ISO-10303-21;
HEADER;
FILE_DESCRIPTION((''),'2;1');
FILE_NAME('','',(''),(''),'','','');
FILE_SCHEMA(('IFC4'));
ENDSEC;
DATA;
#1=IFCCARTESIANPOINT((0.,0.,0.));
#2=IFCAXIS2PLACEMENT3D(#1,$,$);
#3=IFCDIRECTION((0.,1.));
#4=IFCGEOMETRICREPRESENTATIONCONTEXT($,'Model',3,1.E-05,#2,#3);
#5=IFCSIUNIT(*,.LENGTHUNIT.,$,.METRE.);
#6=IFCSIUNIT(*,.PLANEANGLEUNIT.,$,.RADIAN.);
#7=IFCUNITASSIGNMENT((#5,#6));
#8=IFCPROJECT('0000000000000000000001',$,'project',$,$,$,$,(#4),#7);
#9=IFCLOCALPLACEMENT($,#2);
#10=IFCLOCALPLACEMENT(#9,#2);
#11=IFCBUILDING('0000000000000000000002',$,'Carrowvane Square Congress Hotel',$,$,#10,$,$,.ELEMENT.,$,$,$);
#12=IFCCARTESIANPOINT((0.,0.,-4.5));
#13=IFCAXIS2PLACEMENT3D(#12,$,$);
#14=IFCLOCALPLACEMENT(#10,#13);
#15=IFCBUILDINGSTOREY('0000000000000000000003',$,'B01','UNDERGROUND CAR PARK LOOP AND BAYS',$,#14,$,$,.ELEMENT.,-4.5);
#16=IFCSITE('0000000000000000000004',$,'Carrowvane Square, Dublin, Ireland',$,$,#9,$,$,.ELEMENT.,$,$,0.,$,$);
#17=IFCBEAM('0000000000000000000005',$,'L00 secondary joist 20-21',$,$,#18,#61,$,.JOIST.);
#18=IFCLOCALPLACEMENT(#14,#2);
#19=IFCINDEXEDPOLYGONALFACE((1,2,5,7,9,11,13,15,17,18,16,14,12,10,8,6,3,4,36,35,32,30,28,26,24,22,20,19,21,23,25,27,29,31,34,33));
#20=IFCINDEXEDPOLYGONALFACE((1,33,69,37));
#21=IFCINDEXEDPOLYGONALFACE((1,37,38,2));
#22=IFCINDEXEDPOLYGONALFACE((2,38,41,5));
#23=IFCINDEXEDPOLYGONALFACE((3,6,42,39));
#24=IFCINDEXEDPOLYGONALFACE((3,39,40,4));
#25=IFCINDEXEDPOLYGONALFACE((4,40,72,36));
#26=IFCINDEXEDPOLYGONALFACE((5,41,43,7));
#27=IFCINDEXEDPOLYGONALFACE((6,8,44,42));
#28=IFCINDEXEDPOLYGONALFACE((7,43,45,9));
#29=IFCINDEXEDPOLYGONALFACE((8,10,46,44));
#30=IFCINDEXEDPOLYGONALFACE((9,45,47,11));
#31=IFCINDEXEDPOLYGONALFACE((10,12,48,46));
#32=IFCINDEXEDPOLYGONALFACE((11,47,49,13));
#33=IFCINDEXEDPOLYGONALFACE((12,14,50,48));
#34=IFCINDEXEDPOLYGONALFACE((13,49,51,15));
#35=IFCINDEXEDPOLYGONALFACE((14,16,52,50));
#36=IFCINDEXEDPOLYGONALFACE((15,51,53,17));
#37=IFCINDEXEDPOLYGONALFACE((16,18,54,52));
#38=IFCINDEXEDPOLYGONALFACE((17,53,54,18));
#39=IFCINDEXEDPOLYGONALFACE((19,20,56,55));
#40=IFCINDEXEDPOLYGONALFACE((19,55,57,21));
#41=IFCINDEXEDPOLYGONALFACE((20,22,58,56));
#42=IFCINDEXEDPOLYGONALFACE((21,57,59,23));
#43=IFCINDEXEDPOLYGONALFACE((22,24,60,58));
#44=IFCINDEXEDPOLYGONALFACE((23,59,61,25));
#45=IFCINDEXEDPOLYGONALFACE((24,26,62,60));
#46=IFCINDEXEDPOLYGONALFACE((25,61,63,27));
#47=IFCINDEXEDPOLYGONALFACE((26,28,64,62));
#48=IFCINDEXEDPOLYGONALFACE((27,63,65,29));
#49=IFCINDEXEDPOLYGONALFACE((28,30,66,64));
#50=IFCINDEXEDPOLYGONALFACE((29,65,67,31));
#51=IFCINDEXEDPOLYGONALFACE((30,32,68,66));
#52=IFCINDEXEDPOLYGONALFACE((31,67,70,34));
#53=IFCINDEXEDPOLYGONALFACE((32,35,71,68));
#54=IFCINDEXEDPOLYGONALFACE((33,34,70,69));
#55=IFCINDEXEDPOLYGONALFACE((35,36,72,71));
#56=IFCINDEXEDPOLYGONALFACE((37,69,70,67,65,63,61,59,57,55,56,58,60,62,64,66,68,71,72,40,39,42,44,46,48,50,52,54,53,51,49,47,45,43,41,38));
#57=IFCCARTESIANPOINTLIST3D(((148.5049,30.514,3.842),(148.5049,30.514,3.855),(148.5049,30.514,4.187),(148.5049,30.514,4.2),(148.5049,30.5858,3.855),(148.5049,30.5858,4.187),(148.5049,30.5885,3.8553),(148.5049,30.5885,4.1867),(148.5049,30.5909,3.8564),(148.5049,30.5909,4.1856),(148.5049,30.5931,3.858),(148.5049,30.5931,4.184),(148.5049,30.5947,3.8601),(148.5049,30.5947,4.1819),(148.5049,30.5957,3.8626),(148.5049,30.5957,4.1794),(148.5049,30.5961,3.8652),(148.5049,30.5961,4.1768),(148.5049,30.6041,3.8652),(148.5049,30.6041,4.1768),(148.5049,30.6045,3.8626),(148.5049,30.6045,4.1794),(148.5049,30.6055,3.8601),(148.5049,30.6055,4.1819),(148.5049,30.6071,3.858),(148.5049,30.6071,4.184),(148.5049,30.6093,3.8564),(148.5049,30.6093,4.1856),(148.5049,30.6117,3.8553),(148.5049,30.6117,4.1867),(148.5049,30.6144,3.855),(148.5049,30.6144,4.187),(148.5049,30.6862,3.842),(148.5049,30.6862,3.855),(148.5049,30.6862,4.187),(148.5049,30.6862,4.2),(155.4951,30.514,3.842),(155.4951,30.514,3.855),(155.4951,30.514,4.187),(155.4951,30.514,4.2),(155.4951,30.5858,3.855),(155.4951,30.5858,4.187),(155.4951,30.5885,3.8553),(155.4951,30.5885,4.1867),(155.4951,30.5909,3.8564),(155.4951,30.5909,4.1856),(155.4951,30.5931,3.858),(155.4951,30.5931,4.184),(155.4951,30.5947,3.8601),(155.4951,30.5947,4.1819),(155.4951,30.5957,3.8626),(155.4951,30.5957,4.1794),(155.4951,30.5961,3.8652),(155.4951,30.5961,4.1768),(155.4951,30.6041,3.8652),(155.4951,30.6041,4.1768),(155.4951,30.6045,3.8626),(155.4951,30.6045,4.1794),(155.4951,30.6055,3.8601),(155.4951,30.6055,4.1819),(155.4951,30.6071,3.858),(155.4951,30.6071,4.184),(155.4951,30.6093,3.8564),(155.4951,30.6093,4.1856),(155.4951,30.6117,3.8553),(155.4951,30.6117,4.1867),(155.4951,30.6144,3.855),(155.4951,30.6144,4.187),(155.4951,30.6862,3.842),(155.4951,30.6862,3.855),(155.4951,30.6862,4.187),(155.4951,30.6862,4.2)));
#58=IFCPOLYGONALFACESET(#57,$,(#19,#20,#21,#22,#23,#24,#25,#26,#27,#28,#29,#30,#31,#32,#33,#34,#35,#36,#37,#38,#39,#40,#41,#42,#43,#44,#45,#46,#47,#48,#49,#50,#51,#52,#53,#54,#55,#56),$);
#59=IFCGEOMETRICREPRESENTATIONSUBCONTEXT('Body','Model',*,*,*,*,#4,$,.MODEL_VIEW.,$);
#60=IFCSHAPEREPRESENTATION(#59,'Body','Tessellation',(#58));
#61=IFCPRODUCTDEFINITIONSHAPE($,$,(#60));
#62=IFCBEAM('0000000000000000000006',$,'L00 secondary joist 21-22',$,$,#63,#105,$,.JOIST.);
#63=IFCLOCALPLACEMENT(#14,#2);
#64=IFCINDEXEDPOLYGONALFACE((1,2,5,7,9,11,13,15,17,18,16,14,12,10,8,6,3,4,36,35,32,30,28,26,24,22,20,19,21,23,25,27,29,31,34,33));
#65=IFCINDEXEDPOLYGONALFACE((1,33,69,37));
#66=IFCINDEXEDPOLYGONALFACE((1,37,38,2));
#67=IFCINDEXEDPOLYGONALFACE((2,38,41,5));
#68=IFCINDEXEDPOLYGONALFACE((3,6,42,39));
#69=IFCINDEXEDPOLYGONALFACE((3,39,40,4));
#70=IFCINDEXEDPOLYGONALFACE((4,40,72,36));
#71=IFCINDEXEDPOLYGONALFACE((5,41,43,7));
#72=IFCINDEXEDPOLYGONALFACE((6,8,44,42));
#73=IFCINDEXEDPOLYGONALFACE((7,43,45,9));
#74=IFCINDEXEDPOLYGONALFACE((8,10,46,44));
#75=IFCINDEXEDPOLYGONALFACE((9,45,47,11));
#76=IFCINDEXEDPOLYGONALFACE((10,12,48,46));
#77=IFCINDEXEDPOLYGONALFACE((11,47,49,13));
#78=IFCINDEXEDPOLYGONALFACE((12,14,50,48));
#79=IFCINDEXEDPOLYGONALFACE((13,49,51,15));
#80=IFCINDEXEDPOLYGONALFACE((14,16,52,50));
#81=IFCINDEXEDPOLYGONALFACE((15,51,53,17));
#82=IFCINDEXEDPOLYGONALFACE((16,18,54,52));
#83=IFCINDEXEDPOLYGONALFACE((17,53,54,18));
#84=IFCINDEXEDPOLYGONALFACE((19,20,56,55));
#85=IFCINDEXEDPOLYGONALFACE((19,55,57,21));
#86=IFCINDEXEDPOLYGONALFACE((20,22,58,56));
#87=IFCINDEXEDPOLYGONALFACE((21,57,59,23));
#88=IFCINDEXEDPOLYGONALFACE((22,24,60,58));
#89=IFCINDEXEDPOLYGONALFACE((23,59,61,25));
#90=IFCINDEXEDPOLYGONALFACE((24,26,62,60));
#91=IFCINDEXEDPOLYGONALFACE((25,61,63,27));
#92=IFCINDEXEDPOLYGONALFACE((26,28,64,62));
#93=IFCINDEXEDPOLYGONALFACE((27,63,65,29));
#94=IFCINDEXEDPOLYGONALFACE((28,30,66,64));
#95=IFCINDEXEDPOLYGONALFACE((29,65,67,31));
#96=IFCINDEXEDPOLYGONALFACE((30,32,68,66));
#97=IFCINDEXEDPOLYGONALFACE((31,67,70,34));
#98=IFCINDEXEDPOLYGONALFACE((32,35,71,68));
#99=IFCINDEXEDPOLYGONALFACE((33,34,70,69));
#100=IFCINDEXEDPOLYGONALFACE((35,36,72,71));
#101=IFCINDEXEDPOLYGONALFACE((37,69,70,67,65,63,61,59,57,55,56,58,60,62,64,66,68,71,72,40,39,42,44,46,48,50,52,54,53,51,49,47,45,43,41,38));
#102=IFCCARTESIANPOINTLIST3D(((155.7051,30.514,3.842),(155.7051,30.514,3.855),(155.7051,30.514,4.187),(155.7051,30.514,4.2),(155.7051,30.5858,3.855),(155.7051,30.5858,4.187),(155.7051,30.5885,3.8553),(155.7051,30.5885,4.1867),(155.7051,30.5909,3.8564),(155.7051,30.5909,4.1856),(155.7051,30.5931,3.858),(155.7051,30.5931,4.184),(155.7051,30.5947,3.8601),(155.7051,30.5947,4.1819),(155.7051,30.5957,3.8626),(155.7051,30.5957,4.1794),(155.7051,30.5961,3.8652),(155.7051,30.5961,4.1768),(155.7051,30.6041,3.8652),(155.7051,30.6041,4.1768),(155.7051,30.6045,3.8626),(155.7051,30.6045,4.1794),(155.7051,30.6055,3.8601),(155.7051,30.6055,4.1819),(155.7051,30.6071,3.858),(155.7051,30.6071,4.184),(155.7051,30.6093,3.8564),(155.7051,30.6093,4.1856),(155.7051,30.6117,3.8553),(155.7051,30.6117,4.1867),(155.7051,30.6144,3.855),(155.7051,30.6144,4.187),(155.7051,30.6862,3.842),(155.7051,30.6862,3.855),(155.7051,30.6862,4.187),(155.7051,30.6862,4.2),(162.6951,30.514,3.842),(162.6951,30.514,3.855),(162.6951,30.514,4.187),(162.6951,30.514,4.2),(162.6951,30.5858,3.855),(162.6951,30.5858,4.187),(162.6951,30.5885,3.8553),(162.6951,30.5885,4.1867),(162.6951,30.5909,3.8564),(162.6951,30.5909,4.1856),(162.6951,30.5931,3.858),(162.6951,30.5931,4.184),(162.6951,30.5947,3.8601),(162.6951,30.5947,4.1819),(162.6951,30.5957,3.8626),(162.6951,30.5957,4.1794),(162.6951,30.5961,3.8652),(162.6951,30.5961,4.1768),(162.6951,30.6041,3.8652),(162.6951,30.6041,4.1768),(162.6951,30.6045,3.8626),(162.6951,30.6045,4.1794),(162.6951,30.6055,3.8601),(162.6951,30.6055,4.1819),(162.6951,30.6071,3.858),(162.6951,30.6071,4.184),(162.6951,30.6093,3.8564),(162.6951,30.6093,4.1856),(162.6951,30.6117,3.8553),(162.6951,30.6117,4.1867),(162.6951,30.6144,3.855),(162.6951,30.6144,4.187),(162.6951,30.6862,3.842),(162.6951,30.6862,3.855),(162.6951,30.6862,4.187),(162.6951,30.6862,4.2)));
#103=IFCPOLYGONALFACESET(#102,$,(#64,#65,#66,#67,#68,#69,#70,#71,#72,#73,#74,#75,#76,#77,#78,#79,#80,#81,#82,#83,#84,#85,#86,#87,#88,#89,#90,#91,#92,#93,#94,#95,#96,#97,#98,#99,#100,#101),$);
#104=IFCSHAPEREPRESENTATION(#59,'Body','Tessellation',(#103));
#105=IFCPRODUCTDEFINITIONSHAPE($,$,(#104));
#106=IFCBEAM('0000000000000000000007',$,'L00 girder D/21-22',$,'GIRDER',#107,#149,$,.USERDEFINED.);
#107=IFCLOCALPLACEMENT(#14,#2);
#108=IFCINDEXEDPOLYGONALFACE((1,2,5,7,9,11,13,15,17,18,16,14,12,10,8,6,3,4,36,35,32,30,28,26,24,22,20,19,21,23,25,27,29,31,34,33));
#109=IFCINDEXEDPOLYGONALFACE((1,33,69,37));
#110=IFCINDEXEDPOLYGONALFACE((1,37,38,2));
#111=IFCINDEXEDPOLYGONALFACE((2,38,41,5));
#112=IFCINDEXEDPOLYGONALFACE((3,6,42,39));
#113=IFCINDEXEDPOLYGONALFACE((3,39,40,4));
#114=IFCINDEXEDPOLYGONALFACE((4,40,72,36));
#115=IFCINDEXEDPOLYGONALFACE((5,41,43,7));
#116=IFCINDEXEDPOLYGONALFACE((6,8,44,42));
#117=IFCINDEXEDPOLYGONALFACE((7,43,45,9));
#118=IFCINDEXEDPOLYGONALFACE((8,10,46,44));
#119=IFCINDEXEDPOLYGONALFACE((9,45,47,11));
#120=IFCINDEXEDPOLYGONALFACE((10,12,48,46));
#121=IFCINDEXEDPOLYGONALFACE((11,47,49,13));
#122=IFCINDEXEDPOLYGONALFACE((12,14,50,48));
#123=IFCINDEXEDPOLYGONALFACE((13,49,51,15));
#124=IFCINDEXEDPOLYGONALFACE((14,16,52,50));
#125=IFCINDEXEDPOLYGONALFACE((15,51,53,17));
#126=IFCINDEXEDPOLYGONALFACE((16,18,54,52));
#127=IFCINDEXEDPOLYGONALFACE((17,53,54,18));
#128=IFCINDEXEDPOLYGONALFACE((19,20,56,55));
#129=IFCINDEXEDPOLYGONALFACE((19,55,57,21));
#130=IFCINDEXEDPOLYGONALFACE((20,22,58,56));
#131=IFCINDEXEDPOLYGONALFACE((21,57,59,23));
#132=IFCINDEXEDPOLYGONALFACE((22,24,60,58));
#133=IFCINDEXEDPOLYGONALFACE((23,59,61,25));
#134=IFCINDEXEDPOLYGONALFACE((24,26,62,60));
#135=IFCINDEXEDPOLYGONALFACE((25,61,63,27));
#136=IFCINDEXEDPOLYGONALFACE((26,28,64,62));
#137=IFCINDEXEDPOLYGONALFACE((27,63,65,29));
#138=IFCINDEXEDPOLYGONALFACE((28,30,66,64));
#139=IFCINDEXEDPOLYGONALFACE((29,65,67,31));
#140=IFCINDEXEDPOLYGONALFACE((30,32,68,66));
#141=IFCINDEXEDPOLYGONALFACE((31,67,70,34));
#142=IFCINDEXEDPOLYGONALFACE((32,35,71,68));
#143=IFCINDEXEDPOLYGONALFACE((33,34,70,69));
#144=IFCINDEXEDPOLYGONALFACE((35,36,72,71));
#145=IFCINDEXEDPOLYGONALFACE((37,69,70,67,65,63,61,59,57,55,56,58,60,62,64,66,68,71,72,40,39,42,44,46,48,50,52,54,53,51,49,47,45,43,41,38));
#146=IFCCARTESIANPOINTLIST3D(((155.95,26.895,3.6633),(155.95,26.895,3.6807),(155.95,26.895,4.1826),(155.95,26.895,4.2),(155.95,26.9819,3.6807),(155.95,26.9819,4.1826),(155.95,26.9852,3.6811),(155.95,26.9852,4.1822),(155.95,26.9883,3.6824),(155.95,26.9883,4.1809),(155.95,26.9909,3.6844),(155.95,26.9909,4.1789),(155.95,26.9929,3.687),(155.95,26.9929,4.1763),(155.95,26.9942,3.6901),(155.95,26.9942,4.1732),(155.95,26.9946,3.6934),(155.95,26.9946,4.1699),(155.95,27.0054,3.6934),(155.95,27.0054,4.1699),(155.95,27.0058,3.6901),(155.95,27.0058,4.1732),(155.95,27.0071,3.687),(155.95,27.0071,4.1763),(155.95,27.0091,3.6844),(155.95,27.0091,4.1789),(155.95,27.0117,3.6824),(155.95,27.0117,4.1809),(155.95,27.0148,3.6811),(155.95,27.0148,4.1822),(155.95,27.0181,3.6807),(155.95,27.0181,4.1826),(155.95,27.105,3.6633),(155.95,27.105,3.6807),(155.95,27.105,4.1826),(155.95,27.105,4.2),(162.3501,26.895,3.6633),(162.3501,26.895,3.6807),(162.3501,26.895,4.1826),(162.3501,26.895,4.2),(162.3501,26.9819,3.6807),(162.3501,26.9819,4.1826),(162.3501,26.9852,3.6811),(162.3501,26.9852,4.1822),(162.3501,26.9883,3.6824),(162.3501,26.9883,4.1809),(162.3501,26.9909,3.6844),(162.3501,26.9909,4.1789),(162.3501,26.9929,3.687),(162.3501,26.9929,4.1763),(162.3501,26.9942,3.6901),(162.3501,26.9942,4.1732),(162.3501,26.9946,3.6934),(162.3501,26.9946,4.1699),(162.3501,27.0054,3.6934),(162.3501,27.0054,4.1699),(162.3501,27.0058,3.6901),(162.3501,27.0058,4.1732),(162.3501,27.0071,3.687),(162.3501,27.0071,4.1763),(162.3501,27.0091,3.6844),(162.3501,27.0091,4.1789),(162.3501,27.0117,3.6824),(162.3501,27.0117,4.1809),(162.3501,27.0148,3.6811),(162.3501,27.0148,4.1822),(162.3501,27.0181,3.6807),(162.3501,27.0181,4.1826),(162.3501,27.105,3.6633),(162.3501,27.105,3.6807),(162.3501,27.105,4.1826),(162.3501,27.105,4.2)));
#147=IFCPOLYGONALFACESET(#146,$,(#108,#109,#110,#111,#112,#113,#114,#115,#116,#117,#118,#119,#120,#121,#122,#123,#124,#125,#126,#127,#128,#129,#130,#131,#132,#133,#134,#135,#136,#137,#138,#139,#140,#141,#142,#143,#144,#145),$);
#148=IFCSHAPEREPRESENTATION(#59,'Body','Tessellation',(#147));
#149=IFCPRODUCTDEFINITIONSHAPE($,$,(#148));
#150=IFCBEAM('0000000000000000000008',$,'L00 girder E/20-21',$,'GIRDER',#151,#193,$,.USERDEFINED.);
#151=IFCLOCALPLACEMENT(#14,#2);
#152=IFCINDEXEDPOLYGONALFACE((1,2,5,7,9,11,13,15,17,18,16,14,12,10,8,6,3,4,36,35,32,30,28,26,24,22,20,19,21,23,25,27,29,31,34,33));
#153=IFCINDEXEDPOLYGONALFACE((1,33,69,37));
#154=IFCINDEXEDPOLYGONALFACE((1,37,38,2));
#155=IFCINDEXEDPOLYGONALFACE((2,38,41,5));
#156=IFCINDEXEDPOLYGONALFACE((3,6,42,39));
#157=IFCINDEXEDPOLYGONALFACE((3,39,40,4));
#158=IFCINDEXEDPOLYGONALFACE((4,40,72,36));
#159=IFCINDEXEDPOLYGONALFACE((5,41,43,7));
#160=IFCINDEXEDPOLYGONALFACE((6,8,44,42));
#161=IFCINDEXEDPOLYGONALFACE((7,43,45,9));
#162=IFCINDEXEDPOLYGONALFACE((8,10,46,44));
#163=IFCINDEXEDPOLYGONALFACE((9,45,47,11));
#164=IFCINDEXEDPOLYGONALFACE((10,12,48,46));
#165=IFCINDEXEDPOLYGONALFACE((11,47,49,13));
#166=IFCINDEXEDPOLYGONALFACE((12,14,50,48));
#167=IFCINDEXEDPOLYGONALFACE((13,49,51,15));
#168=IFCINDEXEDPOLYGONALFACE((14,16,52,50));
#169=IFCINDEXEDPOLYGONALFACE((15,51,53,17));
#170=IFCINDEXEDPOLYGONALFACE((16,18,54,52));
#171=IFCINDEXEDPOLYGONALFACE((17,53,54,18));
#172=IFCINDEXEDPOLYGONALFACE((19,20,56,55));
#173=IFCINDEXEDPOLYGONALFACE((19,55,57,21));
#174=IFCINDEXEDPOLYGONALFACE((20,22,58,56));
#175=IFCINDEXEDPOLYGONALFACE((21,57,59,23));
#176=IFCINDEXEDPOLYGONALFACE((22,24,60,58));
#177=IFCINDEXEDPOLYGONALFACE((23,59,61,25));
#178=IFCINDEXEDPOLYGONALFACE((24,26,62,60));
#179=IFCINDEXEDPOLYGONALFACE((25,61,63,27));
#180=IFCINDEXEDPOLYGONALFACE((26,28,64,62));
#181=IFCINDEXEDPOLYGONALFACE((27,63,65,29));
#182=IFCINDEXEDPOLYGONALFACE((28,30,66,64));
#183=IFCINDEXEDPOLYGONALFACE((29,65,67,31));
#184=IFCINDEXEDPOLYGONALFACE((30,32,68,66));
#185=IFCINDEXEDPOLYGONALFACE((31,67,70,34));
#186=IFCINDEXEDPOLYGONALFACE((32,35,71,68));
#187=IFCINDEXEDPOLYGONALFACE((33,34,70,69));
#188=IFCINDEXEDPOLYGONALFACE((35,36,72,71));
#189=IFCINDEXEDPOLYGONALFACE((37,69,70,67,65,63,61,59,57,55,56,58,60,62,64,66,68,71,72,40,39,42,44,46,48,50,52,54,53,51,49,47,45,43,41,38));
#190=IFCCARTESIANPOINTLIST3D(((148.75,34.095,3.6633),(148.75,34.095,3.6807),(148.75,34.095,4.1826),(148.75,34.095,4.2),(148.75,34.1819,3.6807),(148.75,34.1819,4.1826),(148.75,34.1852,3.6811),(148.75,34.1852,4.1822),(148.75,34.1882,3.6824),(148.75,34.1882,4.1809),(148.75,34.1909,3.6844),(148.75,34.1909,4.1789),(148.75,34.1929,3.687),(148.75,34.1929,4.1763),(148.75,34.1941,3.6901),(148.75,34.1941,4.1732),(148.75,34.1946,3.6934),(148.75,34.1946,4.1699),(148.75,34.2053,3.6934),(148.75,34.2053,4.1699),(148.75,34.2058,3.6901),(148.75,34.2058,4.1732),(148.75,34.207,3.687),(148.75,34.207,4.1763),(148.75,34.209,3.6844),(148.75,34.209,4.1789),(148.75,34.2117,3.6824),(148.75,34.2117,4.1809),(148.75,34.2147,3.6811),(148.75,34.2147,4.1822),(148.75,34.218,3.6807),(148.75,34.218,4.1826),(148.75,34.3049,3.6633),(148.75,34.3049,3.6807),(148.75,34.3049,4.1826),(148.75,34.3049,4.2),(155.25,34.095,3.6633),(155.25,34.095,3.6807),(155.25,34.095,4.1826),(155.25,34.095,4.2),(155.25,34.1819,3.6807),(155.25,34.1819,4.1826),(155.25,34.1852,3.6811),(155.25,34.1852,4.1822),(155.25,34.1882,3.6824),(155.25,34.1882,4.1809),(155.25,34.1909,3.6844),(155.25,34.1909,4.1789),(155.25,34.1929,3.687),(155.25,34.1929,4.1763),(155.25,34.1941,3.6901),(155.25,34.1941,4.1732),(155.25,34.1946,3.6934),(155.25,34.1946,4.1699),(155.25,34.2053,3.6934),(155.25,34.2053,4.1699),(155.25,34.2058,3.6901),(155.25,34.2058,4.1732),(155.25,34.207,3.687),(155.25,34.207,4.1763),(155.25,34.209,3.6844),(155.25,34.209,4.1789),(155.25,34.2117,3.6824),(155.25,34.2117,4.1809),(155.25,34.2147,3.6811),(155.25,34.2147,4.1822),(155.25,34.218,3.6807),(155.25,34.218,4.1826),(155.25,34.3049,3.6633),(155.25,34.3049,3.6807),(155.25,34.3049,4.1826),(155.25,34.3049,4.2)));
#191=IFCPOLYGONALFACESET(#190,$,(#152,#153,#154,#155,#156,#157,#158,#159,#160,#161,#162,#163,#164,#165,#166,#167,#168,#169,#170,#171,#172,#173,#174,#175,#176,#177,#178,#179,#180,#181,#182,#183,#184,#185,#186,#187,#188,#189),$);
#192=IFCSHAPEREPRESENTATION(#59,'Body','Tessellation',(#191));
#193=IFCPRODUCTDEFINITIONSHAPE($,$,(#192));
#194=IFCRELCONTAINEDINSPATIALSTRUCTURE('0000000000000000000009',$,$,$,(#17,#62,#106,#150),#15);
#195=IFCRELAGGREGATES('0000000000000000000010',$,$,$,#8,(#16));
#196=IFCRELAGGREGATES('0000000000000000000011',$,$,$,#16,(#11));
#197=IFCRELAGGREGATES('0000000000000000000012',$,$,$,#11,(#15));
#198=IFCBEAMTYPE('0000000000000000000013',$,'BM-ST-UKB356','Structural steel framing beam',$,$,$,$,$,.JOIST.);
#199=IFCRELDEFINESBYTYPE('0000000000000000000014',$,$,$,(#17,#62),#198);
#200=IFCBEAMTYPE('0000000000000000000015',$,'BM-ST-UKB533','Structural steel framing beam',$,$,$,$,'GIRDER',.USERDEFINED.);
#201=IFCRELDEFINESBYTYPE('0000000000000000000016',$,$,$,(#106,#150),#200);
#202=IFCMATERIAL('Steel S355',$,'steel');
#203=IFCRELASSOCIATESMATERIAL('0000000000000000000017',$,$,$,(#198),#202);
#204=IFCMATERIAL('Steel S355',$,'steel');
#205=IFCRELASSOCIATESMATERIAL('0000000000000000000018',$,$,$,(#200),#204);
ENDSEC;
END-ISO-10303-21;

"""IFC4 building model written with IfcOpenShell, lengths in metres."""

from ifc_helpers import new_model, si_unit, direction, frame, origin, origin_2d, place, context, subcontext, project, spatial, i_section, extrude, material, material_profile, profile_set, type_object, element, save


model = new_model("IFC4")

# Units and contexts
model_context = context("Model", 3, precision=1e-05, world=origin(), true_north=direction((0.0, 1.0)))
body_context = subcontext(model_context, "Body", "Model", "MODEL_VIEW")
ifc_project = project(units=[si_unit("LENGTHUNIT", "METRE"), si_unit("PLANEANGLEUNIT", "RADIAN")], contexts=[model_context])

# Site, building, storey
site_placement = place(None, origin())
site = spatial("IfcSite", under=ifc_project, at=site_placement, Name="Carrowvane Square, Dublin, Ireland", CompositionType="ELEMENT", RefElevation=0.0)
building_placement = place(site_placement, origin())
building = spatial("IfcBuilding", under=site, at=building_placement, Name="Carrowvane Square Congress Hotel", CompositionType="ELEMENT")
storey_placement = place(building_placement, frame((0.0, 0.0, -4.5)))
storey = spatial("IfcBuildingStorey", under=building, at=storey_placement, Name="B01", Description="UNDERGROUND CAR PARK LOOP AND BAYS", CompositionType="ELEMENT", Elevation=-4.5)

# Beams
ifc_material_1 = material(Name="Steel S355", Category="steel")
ifc_material_profile_1 = material_profile(ifc_material_1, i_section(OverallWidth=0.1721, OverallDepth=0.3579, WebThickness=0.0081, FlangeThickness=0.0129, FilletRadius=0.0103, at=origin_2d()), Name="UKB 356x171x57")
ifc_profile_set_1 = profile_set([ifc_material_profile_1], Name="Steel S355")
beam_type_1 = type_object("IfcBeamType", Name="BM-ST-UKB356", Description="Structural steel framing beam", PredefinedType="JOIST", material=ifc_profile_set_1)
beam_1_placement = place(storey_placement, frame((148.5049, 30.6001, 4.021), z_axis=(1.0, 0.0, 0.0), x_axis=(0.0, 1.0, 0.0)))
element("IfcBeam", 1, at=beam_1_placement, inside=storey, type_object=beam_type_1, Name="L00 secondary joist 20-21", PredefinedType="JOIST", context=body_context, shape_type="SweptSolid", body=[
    extrude(i_section(OverallWidth=0.1721, OverallDepth=0.3579, WebThickness=0.0081, FlangeThickness=0.0129, FilletRadius=0.0103, at=origin_2d()), origin(), (0.0, 0.0, 1.0), 6.9902),
])
beam_2_placement = place(storey_placement, frame((155.7051, 30.6001, 4.021), z_axis=(1.0, 0.0, 0.0), x_axis=(0.0, 1.0, 0.0)))
element("IfcBeam", 2, at=beam_2_placement, inside=storey, type_object=beam_type_1, Name="L00 secondary joist 21-22", PredefinedType="JOIST", context=body_context, shape_type="SweptSolid", body=[
    extrude(i_section(OverallWidth=0.1721, OverallDepth=0.3579, WebThickness=0.0081, FlangeThickness=0.0129, FilletRadius=0.0103, at=origin_2d()), origin(), (0.0, 0.0, 1.0), 6.99),
])
ifc_material_2 = material(Name="Steel S355", Category="steel")
ifc_material_profile_2 = material_profile(ifc_material_2, i_section(OverallWidth=0.21, OverallDepth=0.5366, WebThickness=0.0107, FlangeThickness=0.0173, FilletRadius=0.0127, at=origin_2d()), Name="UKB 533x210x101")
ifc_profile_set_2 = profile_set([ifc_material_profile_2], Name="Steel S355")
beam_type_2 = type_object("IfcBeamType", Name="BM-ST-UKB533", Description="Structural steel framing beam", ElementType="GIRDER", PredefinedType="USERDEFINED", material=ifc_profile_set_2)
beam_3_placement = place(storey_placement, frame((155.95, 27.0, 3.9316), z_axis=(1.0, 0.0, 0.0), x_axis=(0.0, 1.0, 0.0)))
element("IfcBeam", 3, at=beam_3_placement, inside=storey, type_object=beam_type_2, Name="L00 girder D/21-22", ObjectType="GIRDER", PredefinedType="USERDEFINED", context=body_context, shape_type="SweptSolid", body=[
    extrude(i_section(OverallWidth=0.21, OverallDepth=0.5366, WebThickness=0.0107, FlangeThickness=0.0173, FilletRadius=0.0127, at=origin_2d()), origin(), (0.0, 0.0, 1.0), 6.4001),
])
beam_4_placement = place(storey_placement, frame((148.75, 34.2, 3.9316), z_axis=(1.0, 0.0, 0.0), x_axis=(0.0, 1.0, 0.0)))
element("IfcBeam", 4, at=beam_4_placement, inside=storey, type_object=beam_type_2, Name="L00 girder E/20-21", ObjectType="GIRDER", PredefinedType="USERDEFINED", context=body_context, shape_type="SweptSolid", body=[
    extrude(i_section(OverallWidth=0.21, OverallDepth=0.5366, WebThickness=0.0107, FlangeThickness=0.0173, FilletRadius=0.0127, at=origin_2d()), origin(), (0.0, 0.0, 1.0), 6.5),
])

save(model, "model.ifc")
